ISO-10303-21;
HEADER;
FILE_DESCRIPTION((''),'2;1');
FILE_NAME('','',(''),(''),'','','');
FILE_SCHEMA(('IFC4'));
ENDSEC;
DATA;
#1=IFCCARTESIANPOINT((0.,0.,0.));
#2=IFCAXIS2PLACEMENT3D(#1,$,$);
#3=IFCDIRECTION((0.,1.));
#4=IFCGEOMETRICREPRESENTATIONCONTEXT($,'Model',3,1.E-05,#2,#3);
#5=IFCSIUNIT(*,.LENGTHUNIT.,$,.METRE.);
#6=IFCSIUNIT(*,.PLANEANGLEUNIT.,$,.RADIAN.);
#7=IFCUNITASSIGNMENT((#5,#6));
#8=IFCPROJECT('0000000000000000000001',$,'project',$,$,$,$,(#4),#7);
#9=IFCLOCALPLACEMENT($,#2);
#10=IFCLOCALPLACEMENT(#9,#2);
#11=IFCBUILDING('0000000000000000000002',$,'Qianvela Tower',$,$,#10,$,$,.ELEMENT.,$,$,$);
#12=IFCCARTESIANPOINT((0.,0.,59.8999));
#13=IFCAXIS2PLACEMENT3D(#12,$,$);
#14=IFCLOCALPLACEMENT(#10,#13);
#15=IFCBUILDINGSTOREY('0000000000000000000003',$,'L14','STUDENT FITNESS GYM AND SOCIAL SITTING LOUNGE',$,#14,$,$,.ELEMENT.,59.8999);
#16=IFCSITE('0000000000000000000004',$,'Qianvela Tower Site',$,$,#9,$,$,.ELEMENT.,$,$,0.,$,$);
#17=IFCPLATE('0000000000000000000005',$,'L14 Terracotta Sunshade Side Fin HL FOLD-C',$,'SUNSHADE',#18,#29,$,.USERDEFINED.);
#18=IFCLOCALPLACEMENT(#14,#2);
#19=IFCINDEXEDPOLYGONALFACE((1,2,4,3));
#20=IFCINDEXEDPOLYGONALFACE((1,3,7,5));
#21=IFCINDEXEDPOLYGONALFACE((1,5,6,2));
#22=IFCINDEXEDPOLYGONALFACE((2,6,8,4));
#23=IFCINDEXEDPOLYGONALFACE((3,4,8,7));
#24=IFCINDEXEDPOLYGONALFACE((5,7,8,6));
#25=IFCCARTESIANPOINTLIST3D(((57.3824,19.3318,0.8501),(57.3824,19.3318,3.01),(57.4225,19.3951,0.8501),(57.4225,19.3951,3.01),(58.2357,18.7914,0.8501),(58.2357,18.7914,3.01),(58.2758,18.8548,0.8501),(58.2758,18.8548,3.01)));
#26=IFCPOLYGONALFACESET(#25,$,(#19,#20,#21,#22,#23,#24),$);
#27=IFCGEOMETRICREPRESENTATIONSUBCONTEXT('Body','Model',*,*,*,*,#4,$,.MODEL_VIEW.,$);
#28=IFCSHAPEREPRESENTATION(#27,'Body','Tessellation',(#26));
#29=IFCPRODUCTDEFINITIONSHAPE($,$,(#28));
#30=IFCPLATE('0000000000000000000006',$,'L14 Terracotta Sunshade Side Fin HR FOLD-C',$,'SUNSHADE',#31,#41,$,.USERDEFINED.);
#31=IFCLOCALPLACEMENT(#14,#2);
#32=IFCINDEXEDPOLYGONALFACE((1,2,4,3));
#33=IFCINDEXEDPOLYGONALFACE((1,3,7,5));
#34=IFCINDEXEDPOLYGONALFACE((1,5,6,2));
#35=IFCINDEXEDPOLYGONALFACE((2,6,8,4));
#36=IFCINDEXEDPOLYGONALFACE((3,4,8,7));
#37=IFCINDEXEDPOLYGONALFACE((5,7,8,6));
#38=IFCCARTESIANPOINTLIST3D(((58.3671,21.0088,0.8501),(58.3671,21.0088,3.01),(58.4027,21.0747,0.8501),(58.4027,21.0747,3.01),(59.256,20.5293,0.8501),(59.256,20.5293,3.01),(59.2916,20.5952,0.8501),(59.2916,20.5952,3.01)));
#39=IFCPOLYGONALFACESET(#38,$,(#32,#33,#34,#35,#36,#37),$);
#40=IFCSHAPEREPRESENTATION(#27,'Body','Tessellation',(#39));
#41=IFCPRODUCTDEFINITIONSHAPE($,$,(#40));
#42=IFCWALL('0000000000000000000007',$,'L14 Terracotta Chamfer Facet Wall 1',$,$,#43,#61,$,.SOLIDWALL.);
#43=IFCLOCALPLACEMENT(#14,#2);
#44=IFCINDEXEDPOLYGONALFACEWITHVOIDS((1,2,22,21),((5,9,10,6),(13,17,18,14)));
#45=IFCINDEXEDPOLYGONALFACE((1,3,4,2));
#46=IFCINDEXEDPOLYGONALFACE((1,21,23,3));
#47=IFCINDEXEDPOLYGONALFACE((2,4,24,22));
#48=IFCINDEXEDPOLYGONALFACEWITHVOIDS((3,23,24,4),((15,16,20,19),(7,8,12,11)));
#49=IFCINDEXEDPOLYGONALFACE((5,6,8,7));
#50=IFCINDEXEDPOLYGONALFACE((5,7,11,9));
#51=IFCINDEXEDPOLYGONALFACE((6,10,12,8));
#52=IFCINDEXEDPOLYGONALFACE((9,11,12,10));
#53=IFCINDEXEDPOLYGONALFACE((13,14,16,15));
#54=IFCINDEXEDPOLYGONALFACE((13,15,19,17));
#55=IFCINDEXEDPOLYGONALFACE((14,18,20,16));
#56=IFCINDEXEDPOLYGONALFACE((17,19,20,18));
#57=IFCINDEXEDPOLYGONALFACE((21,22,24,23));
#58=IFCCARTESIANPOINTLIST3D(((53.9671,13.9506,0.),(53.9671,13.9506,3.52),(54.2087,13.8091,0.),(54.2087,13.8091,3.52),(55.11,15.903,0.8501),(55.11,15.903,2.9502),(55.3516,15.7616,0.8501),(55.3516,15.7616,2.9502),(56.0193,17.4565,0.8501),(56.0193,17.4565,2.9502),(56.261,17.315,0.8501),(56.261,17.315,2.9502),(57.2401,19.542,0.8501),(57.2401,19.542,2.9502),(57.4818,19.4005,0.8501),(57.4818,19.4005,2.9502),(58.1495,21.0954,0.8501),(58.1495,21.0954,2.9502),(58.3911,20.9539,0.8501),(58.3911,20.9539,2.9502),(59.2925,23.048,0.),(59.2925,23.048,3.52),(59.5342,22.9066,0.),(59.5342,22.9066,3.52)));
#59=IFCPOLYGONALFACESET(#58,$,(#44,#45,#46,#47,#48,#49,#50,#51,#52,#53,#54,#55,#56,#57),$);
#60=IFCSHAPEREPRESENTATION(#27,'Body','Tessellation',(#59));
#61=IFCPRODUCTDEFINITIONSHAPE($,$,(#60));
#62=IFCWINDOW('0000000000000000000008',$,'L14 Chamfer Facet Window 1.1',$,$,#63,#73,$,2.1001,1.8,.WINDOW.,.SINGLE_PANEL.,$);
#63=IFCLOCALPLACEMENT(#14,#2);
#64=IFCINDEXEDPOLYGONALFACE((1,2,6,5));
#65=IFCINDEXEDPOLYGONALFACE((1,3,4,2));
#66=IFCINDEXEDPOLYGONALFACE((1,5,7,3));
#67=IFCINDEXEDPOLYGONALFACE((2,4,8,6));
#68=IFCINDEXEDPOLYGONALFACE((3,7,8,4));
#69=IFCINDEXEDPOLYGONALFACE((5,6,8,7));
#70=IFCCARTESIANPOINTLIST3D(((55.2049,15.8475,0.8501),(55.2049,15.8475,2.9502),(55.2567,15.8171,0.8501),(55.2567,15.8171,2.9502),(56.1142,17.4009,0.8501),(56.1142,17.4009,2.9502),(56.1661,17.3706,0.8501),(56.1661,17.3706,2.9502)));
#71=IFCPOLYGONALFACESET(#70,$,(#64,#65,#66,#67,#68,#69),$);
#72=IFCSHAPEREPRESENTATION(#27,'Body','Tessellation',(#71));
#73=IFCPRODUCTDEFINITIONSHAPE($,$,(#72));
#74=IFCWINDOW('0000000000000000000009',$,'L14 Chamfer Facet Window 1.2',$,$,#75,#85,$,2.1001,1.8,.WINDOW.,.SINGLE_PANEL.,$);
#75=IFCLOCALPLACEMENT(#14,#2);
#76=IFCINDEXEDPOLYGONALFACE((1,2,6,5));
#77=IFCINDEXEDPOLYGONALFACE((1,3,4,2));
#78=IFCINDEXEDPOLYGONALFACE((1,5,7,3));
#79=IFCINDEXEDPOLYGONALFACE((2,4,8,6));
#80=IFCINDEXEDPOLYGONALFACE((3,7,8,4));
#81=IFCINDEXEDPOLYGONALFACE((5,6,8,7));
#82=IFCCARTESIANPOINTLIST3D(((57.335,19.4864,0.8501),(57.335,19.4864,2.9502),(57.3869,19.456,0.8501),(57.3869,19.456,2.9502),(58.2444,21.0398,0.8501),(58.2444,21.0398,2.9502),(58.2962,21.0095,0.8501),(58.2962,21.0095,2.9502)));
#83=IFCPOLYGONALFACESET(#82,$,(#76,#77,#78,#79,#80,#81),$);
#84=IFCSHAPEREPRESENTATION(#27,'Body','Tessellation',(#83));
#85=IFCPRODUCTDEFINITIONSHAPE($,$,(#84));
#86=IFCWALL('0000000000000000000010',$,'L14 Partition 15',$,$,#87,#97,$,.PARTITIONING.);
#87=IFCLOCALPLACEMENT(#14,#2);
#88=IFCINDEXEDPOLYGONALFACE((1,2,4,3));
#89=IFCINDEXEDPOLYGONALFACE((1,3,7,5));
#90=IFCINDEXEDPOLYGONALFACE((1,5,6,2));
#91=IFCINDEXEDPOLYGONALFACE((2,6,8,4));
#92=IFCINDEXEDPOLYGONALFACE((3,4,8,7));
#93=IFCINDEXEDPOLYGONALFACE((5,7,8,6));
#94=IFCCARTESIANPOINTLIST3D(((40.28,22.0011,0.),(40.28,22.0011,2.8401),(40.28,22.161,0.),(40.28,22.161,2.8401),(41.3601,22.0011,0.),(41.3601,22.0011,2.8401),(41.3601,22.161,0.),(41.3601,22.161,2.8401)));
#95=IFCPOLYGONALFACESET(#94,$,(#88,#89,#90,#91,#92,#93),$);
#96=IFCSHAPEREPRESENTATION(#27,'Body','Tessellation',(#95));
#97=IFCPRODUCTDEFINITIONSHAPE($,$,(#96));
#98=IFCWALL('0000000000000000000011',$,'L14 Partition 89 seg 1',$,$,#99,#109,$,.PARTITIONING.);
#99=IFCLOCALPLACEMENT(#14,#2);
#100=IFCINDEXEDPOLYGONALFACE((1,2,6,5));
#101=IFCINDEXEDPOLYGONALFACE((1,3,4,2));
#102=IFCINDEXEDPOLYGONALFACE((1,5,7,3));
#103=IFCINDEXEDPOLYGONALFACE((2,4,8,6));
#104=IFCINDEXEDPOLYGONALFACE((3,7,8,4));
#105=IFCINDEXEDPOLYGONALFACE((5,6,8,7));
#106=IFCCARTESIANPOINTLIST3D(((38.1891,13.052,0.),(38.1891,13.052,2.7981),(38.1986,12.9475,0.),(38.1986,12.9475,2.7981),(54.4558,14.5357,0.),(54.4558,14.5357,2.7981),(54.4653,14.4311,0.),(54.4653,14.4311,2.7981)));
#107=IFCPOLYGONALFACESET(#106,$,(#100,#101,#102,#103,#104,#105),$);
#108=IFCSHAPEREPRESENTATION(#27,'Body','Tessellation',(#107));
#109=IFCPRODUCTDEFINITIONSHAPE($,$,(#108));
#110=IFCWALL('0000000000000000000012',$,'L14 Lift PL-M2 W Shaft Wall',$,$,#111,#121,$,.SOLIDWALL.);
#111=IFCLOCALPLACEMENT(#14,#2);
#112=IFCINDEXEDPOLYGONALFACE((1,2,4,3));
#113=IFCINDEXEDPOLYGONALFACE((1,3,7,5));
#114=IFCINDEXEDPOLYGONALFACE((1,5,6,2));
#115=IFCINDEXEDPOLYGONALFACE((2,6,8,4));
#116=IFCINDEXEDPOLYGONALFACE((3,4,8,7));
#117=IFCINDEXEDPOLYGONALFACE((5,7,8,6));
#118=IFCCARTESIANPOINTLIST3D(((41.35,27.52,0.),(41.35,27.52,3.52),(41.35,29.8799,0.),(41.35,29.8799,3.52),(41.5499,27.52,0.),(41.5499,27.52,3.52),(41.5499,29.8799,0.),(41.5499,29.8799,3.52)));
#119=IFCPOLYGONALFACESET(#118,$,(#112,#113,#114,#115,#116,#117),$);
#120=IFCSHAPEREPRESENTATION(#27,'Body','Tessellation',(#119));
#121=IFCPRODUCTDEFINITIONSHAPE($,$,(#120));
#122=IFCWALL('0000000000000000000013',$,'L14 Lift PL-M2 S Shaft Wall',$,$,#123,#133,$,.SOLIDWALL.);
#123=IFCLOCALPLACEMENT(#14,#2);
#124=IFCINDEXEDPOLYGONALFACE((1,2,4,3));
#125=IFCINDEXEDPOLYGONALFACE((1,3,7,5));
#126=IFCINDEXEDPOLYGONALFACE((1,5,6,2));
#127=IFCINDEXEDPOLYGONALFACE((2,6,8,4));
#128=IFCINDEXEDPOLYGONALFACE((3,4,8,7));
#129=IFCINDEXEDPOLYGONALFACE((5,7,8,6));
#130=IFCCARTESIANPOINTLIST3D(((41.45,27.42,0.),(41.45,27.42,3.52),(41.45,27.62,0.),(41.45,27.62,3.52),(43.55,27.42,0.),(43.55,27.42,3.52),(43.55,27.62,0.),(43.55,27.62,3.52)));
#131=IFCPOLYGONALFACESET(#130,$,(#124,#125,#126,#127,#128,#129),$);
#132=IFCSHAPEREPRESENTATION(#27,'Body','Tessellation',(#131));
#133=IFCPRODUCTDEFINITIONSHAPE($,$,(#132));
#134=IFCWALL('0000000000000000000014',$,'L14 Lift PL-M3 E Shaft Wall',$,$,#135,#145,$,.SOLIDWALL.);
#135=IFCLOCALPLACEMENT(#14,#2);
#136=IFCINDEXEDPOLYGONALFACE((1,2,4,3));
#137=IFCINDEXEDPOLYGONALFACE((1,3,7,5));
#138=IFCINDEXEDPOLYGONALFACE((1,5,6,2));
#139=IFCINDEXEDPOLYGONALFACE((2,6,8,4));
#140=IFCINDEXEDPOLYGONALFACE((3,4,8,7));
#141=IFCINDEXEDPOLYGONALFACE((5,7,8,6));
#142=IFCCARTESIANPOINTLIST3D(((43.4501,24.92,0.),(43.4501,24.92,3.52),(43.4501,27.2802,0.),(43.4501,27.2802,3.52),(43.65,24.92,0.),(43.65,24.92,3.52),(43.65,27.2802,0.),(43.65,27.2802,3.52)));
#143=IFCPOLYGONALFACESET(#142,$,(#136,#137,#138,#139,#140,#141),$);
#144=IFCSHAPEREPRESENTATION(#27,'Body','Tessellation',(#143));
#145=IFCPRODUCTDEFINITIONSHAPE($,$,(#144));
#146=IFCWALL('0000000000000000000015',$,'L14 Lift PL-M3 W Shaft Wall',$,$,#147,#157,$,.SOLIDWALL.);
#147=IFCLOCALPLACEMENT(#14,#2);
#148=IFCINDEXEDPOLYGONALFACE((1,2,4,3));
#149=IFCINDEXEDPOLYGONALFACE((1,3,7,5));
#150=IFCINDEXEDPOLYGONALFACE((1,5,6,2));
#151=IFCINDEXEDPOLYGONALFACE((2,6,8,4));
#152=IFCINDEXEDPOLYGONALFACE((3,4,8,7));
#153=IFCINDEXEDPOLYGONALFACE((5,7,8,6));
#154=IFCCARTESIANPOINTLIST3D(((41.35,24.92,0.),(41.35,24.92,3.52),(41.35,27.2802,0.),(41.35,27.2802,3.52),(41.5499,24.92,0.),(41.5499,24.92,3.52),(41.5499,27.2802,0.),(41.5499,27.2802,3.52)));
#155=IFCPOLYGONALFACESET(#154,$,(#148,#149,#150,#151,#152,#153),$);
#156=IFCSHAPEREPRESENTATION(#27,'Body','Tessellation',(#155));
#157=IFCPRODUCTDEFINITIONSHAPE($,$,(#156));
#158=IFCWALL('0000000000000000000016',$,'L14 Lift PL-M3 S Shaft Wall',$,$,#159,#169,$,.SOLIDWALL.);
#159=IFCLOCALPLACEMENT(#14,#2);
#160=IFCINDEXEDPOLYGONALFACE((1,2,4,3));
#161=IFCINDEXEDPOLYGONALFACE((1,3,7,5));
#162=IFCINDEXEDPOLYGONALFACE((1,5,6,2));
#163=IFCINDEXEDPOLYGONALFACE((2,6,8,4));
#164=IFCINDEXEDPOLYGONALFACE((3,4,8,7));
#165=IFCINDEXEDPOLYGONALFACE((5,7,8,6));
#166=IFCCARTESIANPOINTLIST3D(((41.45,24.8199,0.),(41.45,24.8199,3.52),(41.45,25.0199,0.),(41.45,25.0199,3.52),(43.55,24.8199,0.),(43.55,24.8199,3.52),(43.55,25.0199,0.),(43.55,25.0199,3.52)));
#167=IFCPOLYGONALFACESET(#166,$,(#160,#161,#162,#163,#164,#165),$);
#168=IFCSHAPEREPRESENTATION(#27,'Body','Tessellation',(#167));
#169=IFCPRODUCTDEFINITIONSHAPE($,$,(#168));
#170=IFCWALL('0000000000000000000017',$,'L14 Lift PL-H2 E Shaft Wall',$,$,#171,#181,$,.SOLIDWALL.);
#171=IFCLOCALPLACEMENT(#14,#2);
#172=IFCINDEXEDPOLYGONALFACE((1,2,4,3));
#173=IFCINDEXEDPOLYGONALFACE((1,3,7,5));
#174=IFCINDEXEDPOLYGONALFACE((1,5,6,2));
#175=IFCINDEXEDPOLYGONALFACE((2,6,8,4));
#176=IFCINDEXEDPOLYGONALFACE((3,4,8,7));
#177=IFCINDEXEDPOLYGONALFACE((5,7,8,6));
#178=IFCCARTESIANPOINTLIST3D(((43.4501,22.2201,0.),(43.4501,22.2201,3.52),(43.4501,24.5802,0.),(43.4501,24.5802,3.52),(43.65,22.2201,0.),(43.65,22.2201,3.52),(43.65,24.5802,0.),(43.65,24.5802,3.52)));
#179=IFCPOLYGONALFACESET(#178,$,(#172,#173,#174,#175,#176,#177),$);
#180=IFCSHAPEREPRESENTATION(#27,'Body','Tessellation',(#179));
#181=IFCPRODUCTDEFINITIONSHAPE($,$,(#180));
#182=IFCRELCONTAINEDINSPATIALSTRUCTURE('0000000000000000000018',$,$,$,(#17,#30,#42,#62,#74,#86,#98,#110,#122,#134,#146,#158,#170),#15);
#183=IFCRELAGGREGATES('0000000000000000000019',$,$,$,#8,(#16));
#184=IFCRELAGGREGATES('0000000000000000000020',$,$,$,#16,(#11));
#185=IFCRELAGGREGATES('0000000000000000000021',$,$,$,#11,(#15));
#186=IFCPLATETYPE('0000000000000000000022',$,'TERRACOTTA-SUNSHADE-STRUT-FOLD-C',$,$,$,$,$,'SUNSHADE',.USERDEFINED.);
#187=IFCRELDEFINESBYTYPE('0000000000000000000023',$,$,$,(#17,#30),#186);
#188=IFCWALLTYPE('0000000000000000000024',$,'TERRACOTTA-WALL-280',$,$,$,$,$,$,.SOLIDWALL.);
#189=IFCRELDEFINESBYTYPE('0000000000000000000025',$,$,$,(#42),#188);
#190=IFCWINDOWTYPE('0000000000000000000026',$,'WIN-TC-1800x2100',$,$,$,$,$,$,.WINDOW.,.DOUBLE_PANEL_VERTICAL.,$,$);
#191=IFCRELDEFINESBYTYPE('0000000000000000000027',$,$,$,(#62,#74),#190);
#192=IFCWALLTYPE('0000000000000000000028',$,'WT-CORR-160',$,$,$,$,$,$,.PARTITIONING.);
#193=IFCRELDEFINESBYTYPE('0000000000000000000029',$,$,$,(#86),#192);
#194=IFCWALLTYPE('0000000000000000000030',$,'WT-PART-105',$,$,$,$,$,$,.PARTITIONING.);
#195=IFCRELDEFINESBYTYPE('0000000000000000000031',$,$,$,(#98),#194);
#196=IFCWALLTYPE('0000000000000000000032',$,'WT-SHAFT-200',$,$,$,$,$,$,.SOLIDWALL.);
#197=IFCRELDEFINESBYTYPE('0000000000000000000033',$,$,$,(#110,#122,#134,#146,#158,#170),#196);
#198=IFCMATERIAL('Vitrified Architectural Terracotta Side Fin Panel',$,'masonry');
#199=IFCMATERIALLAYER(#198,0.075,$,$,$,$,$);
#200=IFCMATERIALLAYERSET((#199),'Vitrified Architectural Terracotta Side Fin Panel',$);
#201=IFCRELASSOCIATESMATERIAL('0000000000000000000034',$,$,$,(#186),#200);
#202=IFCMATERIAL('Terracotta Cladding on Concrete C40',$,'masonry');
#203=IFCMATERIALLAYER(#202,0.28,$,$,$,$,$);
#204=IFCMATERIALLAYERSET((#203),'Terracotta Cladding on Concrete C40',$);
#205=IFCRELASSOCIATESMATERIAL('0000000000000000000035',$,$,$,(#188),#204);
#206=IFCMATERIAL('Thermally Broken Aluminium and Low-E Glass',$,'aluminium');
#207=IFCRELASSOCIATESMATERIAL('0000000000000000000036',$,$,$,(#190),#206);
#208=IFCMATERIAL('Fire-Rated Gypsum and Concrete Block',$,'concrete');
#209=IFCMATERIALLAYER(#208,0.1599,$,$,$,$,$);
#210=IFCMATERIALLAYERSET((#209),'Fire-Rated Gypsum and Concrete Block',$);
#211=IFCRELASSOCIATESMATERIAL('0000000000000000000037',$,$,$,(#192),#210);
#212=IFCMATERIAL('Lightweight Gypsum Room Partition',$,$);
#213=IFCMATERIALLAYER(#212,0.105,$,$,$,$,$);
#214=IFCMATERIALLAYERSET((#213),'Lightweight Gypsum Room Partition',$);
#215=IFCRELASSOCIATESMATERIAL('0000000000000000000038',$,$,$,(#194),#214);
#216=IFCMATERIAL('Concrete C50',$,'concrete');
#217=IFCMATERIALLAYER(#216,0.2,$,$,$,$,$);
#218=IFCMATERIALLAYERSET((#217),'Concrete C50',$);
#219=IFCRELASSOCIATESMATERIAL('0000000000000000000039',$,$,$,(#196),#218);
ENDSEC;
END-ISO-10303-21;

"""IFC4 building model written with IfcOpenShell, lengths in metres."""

from ifc_helpers import new_model, si_unit, direction, frame, frame_2d, origin, origin_2d, place, context, subcontext, project, spatial, rectangle, extrude, material, layer, layer_set, type_object, element, fill, save


model = new_model("IFC4")

# Units and contexts
model_context = context("Model", 3, precision=1e-05, world=origin(), true_north=direction((0.0, 1.0)))
body_context = subcontext(model_context, "Body", "Model", "MODEL_VIEW")
ifc_project = project(units=[si_unit("LENGTHUNIT", "METRE"), si_unit("PLANEANGLEUNIT", "RADIAN")], contexts=[model_context])

# Site, building, storey
site_placement = place(None, origin())
site = spatial("IfcSite", under=ifc_project, at=site_placement, Name="Qianvela Tower Site", CompositionType="ELEMENT", RefElevation=0.0)
building_placement = place(site_placement, origin())
building = spatial("IfcBuilding", under=site, at=building_placement, Name="Qianvela Tower", CompositionType="ELEMENT")
storey_placement = place(building_placement, frame((0.0, 0.0, 59.8999)))
storey = spatial("IfcBuildingStorey", under=building, at=storey_placement, Name="L14", Description="STUDENT FITNESS GYM AND SOCIAL SITTING LOUNGE", CompositionType="ELEMENT", Elevation=59.8999)

# Plates
ifc_material_1 = material(Name="Vitrified Architectural Terracotta Side Fin Panel", Category="masonry")
ifc_layer_1 = layer(ifc_material_1, 0.075)
ifc_layer_set_1 = layer_set([ifc_layer_1], Name="Vitrified Architectural Terracotta Side Fin Panel")
plate_type_1 = type_object("IfcPlateType", Name="TERRACOTTA-SUNSHADE-STRUT-FOLD-C", ElementType="SUNSHADE", PredefinedType="USERDEFINED", material=ifc_layer_set_1)
for number, where, z_axis, x_axis, name in (
    (1, (57.8291, 19.0933, 0.8501), (0.0, 0.0, 1.0), (0.534988, 0.84486, 0.0), "L14 Terracotta Sunshade Side Fin HL FOLD-C"),
    (2, (58.8293, 20.802, 0.8501), (0.0, 0.0, 1.0), (0.47475, 0.88012, 0.0), "L14 Terracotta Sunshade Side Fin HR FOLD-C"),
):
    element("IfcPlate", number, at=place(storey_placement, frame(where, z_axis=z_axis, x_axis=x_axis)), inside=storey, type_object=plate_type_1, Name=name, ObjectType="SUNSHADE", PredefinedType="USERDEFINED", context=body_context, shape_type="SweptSolid", body=[
        extrude(rectangle(XDim=0.075, YDim=1.01, at=origin_2d()), origin(), (0.0, 0.0, 1.0), 2.1599),
    ])

# Wall, openings, windows
ifc_material_2 = material(Name="Terracotta Cladding on Concrete C40", Category="masonry")
ifc_layer_2 = layer(ifc_material_2, 0.28)
ifc_layer_set_2 = layer_set([ifc_layer_2], Name="Terracotta Cladding on Concrete C40")
wall_type_1 = type_object("IfcWallType", Name="TERRACOTTA-WALL-280", PredefinedType="SOLIDWALL", material=ifc_layer_set_2)
wall_1_placement = place(storey_placement, frame((54.0879, 13.8799, 0.0), z_axis=(0.0, 0.0, 1.0), x_axis=(0.505188, 0.863009, 0.0)))
wall_1 = element("IfcWall", 3, at=wall_1_placement, inside=storey, type_object=wall_type_1, Name="L14 Terracotta Chamfer Facet Wall 1", PredefinedType="SOLIDWALL", context=body_context, shape_type="SweptSolid", body=[
    extrude(rectangle(XDim=10.5415, YDim=0.28, at=frame_2d((5.2708, 0.0))), origin(), (0.0, 0.0, 1.0), 3.52),
])
opening_1_placement = place(wall_1_placement, frame((2.2625, 0.0, 0.8501)))
opening_1 = element("IfcOpeningElement", 4, at=opening_1_placement, cuts=wall_1, PredefinedType="OPENING", context=body_context, shape_type="SweptSolid", body=[
    extrude(rectangle(XDim=1.8, YDim=2.1001, at=frame_2d((0.8999, 1.05))), frame((0.0, 0.1499, 0.0), z_axis=(0.0, -1.0, 0.0), x_axis=(1.0, 0.0, 0.0)), (0.0, 0.0, 1.0), 0.3),
])
opening_2_placement = place(wall_1_placement, frame((6.479, 0.0, 0.8501)))
opening_2 = element("IfcOpeningElement", 5, at=opening_2_placement, cuts=wall_1, PredefinedType="OPENING", context=body_context, shape_type="SweptSolid", body=[
    extrude(rectangle(XDim=1.8, YDim=2.1001, at=frame_2d((0.8999, 1.05))), frame((0.0, 0.1499, 0.0), z_axis=(0.0, -1.0, 0.0), x_axis=(1.0, 0.0, 0.0)), (0.0, 0.0, 1.0), 0.3),
])
ifc_material_3 = material(Name="Thermally Broken Aluminium and Low-E Glass", Category="aluminium")
window_type = type_object("IfcWindowType", Name="WIN-TC-1800x2100", PartitioningType="DOUBLE_PANEL_VERTICAL", PredefinedType="WINDOW", material=ifc_material_3)
window_1_placement = place(opening_1_placement, origin())
window_1 = element("IfcWindow", 6, at=window_1_placement, inside=storey, type_object=window_type, Name="L14 Chamfer Facet Window 1.1", OverallHeight=2.1001, OverallWidth=1.8, PartitioningType="SINGLE_PANEL", PredefinedType="WINDOW", context=body_context, shape_type="SweptSolid", body=[
    extrude(rectangle(XDim=1.8, YDim=2.1001, at=frame_2d((0.8999, 1.05))), frame((0.0, 0.03, 0.0), z_axis=(0.0, -1.0, 0.0), x_axis=(1.0, 0.0, 0.0)), (0.0, 0.0, 1.0), 0.0601),
])
fill(opening_1, window_1)
window_2_placement = place(opening_2_placement, origin())
window_2 = element("IfcWindow", 7, at=window_2_placement, inside=storey, type_object=window_type, Name="L14 Chamfer Facet Window 1.2", OverallHeight=2.1001, OverallWidth=1.8, PartitioningType="SINGLE_PANEL", PredefinedType="WINDOW", context=body_context, shape_type="SweptSolid", body=[
    extrude(rectangle(XDim=1.8, YDim=2.1001, at=frame_2d((0.8999, 1.05))), frame((0.0, 0.03, 0.0), z_axis=(0.0, -1.0, 0.0), x_axis=(1.0, 0.0, 0.0)), (0.0, 0.0, 1.0), 0.0601),
])
fill(opening_2, window_2)

# Walls
ifc_material_4 = material(Name="Fire-Rated Gypsum and Concrete Block", Category="concrete")
ifc_layer_3 = layer(ifc_material_4, 0.1599)
ifc_layer_set_3 = layer_set([ifc_layer_3], Name="Fire-Rated Gypsum and Concrete Block")
wall_type_2 = type_object("IfcWallType", Name="WT-CORR-160", PredefinedType="PARTITIONING", material=ifc_layer_set_3)
wall_2_placement = place(storey_placement, frame((41.3601, 22.0811, 0.0), z_axis=(0.0, 0.0, 1.0), x_axis=(-1.0, 0.0, 0.0)))
element("IfcWall", 8, at=wall_2_placement, inside=storey, type_object=wall_type_2, Name="L14 Partition 15", PredefinedType="PARTITIONING", context=body_context, shape_type="SweptSolid", body=[
    extrude(rectangle(XDim=1.0801, YDim=0.1599, at=frame_2d((0.54, 0.0))), origin(), (0.0, 0.0, 1.0), 2.8401),
])
ifc_material_5 = material(Name="Lightweight Gypsum Room Partition")
ifc_layer_4 = layer(ifc_material_5, 0.105)
ifc_layer_set_4 = layer_set([ifc_layer_4], Name="Lightweight Gypsum Room Partition")
wall_type_3 = type_object("IfcWallType", Name="WT-PART-105", PredefinedType="PARTITIONING", material=ifc_layer_set_4)
wall_3_placement = place(storey_placement, frame((54.4604, 14.4834, 0.0), z_axis=(0.0, 0.0, 1.0), x_axis=(-0.995866, -0.090831, 0.0)))
element("IfcWall", 9, at=wall_3_placement, inside=storey, type_object=wall_type_3, Name="L14 Partition 89 seg 1", PredefinedType="PARTITIONING", context=body_context, shape_type="SweptSolid", body=[
    extrude(rectangle(XDim=16.3342, YDim=0.105, at=frame_2d((8.167, 0.0))), origin(), (0.0, 0.0, 1.0), 2.7981),
])
ifc_material_6 = material(Name="Concrete C50", Category="concrete")
ifc_layer_5 = layer(ifc_material_6, 0.2)
ifc_layer_set_5 = layer_set([ifc_layer_5], Name="Concrete C50")
wall_type_4 = type_object("IfcWallType", Name="WT-SHAFT-200", PredefinedType="SOLIDWALL", material=ifc_layer_set_5)
wall_4_placement = place(storey_placement, frame((41.45, 27.52, 0.0), z_axis=(0.0, 0.0, 1.0), x_axis=(0.0, 1.0, 0.0)))
element("IfcWall", 10, at=wall_4_placement, inside=storey, type_object=wall_type_4, Name="L14 Lift PL-M2 W Shaft Wall", PredefinedType="SOLIDWALL", context=body_context, shape_type="SweptSolid", body=[
    extrude(rectangle(XDim=2.3599, YDim=0.2, at=frame_2d((1.1799, 0.0))), origin(), (0.0, 0.0, 1.0), 3.52),
])
wall_5_placement = place(storey_placement, frame((41.45, 27.52, 0.0), z_axis=(0.0, 0.0, 1.0), x_axis=(1.0, 0.0, 0.0)))
element("IfcWall", 11, at=wall_5_placement, inside=storey, type_object=wall_type_4, Name="L14 Lift PL-M2 S Shaft Wall", PredefinedType="SOLIDWALL", context=body_context, shape_type="SweptSolid", body=[
    extrude(rectangle(XDim=2.1001, YDim=0.2, at=frame_2d((1.05, 0.0))), origin(), (0.0, 0.0, 1.0), 3.52),
])
for number, where, z_axis, x_axis, name in (
    (12, (43.55, 24.9199, 0.0), (0.0, 0.0, 1.0), (0.0, 1.0, 0.0), "L14 Lift PL-M3 E Shaft Wall"),
    (13, (41.45, 24.9199, 0.0), (0.0, 0.0, 1.0), (0.0, 1.0, 0.0), "L14 Lift PL-M3 W Shaft Wall"),
):
    element("IfcWall", number, at=place(storey_placement, frame(where, z_axis=z_axis, x_axis=x_axis)), inside=storey, type_object=wall_type_4, Name=name, PredefinedType="SOLIDWALL", context=body_context, shape_type="SweptSolid", body=[
        extrude(rectangle(XDim=2.3601, YDim=0.2, at=frame_2d((1.1802, 0.0))), origin(), (0.0, 0.0, 1.0), 3.52),
    ])
wall_6_placement = place(storey_placement, frame((41.45, 24.9199, 0.0), z_axis=(0.0, 0.0, 1.0), x_axis=(1.0, 0.0, 0.0)))
element("IfcWall", 14, at=wall_6_placement, inside=storey, type_object=wall_type_4, Name="L14 Lift PL-M3 S Shaft Wall", PredefinedType="SOLIDWALL", context=body_context, shape_type="SweptSolid", body=[
    extrude(rectangle(XDim=2.1001, YDim=0.2, at=frame_2d((1.05, 0.0))), origin(), (0.0, 0.0, 1.0), 3.52),
])
for number, where, z_axis, x_axis, name in (
    (15, (43.55, 22.22, 0.0), (0.0, 0.0, 1.0), (0.0, 1.0, 0.0), "L14 Lift PL-H2 E Shaft Wall"),
):
    element("IfcWall", number, at=place(storey_placement, frame(where, z_axis=z_axis, x_axis=x_axis)), inside=storey, type_object=wall_type_4, Name=name, PredefinedType="SOLIDWALL", context=body_context, shape_type="SweptSolid", body=[
        extrude(rectangle(XDim=2.3601, YDim=0.2, at=frame_2d((1.1802, 0.0))), origin(), (0.0, 0.0, 1.0), 3.52),
    ])

save(model, "model.ifc")
